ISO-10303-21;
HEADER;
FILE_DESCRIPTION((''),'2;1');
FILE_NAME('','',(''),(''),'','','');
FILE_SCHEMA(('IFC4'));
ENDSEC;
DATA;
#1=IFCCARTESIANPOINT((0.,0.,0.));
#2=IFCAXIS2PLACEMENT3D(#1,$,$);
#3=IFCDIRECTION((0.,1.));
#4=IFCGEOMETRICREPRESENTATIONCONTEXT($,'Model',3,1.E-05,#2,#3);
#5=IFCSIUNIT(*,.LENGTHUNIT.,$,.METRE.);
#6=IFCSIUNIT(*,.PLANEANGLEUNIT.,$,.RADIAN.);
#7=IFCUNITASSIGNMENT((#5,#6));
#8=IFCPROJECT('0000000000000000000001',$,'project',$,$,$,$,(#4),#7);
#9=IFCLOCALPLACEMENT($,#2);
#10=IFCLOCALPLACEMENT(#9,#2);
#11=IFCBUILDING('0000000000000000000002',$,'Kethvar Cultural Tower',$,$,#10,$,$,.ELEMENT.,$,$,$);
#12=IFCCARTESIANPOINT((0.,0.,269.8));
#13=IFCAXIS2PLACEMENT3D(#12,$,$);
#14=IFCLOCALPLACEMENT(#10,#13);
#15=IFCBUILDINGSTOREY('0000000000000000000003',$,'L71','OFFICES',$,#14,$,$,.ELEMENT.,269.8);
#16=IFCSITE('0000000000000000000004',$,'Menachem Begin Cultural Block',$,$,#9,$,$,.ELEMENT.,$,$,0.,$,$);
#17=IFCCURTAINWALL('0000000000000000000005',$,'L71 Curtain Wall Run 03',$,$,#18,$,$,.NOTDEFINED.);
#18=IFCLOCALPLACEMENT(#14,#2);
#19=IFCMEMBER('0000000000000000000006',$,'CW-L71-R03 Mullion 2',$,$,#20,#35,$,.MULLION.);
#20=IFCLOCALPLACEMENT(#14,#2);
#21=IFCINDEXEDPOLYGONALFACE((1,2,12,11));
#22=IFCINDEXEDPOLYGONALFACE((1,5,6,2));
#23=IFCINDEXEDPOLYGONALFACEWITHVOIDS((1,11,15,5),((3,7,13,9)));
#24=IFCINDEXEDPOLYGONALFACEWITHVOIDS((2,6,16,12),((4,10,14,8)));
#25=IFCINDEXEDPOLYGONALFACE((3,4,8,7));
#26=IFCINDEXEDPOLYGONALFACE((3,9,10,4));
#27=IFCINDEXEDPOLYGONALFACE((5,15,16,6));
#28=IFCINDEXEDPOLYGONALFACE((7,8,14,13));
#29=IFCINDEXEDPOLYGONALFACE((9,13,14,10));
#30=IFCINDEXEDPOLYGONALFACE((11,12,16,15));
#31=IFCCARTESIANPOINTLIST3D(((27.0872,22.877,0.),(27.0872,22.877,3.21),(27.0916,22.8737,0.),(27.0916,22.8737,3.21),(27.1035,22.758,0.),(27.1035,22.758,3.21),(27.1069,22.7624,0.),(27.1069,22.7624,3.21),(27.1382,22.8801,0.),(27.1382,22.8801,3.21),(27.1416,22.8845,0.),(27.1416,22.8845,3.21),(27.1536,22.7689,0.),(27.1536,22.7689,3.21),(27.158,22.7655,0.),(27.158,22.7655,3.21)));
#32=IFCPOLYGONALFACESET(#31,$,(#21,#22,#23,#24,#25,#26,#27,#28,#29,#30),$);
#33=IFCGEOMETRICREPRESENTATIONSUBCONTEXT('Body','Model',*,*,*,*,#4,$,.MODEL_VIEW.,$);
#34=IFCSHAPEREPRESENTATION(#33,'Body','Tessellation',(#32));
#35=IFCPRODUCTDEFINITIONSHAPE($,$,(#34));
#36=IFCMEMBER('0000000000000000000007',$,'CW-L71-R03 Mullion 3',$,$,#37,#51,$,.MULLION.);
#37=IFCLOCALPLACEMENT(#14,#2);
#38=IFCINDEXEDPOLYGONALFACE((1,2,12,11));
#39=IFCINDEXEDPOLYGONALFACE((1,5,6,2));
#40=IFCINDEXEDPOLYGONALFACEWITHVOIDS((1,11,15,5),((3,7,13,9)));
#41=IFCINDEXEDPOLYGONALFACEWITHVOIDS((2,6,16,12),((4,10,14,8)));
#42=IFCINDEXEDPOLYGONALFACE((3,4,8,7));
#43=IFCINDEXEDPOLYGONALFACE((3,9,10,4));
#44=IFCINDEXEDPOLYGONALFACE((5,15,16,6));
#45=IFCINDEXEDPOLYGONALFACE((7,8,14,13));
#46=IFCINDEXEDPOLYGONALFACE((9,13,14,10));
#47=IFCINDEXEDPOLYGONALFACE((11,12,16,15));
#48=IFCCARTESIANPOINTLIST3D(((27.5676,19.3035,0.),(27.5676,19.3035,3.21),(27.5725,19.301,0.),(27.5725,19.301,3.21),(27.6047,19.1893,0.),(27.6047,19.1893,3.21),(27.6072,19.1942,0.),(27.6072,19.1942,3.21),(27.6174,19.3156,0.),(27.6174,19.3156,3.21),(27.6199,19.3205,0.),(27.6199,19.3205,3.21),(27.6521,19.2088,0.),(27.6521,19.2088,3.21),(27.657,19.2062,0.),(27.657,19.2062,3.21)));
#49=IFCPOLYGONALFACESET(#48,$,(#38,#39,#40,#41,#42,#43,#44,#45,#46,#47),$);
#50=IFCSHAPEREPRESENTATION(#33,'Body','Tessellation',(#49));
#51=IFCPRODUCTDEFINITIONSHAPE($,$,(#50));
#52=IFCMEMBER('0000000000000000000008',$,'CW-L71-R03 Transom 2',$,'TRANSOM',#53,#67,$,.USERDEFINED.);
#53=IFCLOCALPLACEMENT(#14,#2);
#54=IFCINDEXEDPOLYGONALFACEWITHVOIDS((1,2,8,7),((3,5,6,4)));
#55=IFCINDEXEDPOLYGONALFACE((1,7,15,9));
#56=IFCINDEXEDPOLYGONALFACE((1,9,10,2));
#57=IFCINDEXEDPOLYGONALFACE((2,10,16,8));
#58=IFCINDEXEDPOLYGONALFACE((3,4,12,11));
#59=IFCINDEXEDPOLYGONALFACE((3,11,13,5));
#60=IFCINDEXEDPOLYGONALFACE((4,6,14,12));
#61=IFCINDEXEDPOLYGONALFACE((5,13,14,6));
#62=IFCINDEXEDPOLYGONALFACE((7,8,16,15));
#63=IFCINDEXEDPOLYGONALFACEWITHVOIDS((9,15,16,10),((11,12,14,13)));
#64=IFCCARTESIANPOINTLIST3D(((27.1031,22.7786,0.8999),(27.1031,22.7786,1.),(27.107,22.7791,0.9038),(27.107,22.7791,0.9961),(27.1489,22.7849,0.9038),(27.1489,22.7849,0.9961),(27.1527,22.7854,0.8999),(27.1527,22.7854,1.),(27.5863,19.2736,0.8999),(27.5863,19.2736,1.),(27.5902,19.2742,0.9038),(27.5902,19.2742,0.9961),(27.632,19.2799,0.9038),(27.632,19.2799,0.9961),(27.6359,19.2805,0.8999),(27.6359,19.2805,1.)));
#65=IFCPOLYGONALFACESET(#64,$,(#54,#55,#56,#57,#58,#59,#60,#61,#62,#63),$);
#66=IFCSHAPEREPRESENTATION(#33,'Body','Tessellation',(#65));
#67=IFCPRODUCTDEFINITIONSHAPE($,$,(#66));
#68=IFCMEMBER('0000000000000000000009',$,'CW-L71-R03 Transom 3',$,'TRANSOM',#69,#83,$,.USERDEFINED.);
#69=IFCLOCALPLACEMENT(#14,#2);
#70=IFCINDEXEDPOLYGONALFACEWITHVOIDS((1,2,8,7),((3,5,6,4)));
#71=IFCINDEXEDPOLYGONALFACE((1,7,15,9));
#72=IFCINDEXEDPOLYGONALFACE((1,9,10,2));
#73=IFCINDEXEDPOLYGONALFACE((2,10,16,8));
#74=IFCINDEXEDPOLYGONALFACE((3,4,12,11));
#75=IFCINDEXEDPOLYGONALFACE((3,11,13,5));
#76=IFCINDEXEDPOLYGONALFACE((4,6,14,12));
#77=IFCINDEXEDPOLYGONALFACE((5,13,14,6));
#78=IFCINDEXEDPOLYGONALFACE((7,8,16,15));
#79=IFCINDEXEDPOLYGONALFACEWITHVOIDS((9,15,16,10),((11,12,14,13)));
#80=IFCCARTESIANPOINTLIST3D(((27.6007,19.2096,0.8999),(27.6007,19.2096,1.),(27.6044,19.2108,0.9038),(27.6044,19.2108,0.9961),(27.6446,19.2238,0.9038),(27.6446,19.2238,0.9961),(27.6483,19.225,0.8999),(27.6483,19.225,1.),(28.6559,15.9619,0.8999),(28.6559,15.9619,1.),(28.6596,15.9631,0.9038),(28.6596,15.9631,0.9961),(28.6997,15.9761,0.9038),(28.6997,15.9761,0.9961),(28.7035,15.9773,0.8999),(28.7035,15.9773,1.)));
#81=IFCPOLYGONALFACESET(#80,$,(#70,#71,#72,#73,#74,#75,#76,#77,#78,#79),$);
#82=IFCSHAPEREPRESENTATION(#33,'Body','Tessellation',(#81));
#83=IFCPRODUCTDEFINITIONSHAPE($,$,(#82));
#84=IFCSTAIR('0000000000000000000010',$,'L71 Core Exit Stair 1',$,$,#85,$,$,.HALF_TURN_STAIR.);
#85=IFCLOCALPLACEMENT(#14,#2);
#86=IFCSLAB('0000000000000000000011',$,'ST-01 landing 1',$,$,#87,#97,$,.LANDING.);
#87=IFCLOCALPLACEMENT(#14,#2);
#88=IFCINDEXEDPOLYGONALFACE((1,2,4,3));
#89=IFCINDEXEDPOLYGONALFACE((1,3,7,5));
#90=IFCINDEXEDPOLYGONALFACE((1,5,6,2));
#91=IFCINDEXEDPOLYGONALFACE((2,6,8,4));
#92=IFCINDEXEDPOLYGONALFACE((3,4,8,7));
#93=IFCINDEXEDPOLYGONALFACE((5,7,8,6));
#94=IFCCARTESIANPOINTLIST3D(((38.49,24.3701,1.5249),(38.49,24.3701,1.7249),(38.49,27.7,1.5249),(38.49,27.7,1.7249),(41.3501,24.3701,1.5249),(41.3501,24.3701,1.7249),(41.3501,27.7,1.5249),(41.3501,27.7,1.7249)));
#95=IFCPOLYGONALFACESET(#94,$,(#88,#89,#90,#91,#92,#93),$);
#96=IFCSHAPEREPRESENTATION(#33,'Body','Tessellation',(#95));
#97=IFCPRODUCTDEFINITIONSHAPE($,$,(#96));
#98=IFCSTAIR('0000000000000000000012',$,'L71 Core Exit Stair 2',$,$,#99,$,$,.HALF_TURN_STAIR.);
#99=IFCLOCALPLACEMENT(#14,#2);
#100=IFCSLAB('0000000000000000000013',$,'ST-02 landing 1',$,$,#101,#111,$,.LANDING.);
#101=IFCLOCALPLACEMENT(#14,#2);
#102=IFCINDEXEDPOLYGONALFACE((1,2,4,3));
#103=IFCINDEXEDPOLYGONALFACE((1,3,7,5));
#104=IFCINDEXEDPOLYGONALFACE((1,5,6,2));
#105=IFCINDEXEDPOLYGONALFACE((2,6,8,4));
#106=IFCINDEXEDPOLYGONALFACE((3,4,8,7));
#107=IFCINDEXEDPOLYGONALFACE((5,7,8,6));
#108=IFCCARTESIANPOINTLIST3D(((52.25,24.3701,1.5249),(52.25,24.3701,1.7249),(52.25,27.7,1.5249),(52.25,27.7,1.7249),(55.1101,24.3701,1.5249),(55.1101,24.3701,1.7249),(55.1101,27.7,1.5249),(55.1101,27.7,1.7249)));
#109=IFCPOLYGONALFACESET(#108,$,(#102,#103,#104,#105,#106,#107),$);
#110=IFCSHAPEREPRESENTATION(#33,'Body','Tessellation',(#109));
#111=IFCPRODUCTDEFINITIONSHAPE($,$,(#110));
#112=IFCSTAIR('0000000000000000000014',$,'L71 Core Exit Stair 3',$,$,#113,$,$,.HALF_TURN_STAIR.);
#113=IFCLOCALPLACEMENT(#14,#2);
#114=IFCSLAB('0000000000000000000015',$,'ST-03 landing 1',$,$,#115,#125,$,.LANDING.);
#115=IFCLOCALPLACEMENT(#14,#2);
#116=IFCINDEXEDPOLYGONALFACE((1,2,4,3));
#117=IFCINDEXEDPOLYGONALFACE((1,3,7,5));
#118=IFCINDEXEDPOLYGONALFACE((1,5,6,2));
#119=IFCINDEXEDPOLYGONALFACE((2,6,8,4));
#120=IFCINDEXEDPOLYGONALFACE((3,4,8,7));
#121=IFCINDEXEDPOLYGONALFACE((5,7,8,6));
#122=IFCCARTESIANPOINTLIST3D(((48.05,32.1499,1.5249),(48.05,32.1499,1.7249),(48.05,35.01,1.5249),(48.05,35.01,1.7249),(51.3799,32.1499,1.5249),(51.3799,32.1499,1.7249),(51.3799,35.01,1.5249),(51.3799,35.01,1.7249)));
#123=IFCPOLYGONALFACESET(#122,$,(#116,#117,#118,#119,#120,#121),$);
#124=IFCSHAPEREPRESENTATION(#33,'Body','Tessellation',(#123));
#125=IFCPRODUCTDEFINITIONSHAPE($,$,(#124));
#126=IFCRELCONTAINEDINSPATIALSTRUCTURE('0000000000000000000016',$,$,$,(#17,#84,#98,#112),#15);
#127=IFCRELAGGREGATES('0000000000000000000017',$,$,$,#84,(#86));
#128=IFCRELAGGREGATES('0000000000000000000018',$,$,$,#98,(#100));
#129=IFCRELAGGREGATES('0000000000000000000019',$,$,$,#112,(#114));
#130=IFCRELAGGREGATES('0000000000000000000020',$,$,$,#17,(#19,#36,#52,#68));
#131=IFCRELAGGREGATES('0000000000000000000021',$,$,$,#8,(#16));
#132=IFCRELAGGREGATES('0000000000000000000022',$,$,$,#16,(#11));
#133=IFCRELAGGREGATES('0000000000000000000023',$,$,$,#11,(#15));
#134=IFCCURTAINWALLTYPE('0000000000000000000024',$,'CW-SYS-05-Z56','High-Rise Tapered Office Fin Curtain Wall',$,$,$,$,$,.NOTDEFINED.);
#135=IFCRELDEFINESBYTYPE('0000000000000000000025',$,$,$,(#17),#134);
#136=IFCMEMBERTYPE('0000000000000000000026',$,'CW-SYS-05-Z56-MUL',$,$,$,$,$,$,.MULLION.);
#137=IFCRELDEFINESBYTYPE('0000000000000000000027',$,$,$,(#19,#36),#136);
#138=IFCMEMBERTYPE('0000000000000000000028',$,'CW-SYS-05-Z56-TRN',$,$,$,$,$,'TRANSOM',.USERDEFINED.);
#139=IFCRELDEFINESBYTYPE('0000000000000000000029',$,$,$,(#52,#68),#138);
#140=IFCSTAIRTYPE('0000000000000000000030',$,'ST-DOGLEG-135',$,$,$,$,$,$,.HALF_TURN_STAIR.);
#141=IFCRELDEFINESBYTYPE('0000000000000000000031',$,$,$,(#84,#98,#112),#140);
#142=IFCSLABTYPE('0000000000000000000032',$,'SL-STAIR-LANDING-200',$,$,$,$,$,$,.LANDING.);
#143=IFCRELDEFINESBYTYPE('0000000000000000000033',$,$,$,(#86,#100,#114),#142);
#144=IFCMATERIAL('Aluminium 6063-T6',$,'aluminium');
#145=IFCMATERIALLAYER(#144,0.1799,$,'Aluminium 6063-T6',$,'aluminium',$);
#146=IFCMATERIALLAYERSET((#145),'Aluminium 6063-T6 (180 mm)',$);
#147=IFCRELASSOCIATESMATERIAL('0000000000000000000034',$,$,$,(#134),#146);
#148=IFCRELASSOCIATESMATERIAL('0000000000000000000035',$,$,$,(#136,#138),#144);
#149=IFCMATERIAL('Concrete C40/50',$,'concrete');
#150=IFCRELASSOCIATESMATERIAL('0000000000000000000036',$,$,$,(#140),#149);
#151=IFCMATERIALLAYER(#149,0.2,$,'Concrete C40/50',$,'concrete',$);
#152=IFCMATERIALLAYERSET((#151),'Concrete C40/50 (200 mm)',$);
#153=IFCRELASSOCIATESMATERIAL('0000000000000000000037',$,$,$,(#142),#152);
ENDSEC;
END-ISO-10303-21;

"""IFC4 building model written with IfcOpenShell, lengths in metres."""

from ifc_helpers import new_model, si_unit, direction, frame, origin, origin_2d, place, context, subcontext, project, spatial, polyline, hollow_rectangle, outline, extrude, source, transform, mapped, material, layer, layer_set, material_profile, profile_set, type_object, element, aggregate, save


model = new_model("IFC4")

# Units and contexts
model_context = context("Model", 3, precision=1e-05, world=origin(), true_north=direction((0.0, 1.0)))
body_context = subcontext(model_context, "Body", "Model", "MODEL_VIEW")
ifc_project = project(units=[si_unit("LENGTHUNIT", "METRE"), si_unit("PLANEANGLEUNIT", "RADIAN")], contexts=[model_context])

# Site, building, storey
site_placement = place(None, origin())
site = spatial("IfcSite", under=ifc_project, at=site_placement, Name="Menachem Begin Cultural Block", CompositionType="ELEMENT", RefElevation=0.0)
building_placement = place(site_placement, origin())
building = spatial("IfcBuilding", under=site, at=building_placement, Name="Kethvar Cultural Tower", CompositionType="ELEMENT")
storey_placement = place(building_placement, frame((0.0, 0.0, 269.8)))
storey = spatial("IfcBuildingStorey", under=building, at=storey_placement, Name="L71", Description="OFFICES", CompositionType="ELEMENT", Elevation=269.8)

# Curtain wall, members
ifc_material_1 = material(Name="Aluminium 6063-T6", Category="aluminium")
ifc_layer_1 = layer(ifc_material_1, 0.1799, Name="Aluminium 6063-T6", Category="aluminium")
ifc_layer_set_1 = layer_set([ifc_layer_1], Name="Aluminium 6063-T6 (180 mm)")
curtain_wall_type = type_object("IfcCurtainWallType", Name="CW-SYS-05-Z56", Description="High-Rise Tapered Office Fin Curtain Wall", PredefinedType="NOTDEFINED", material=ifc_layer_set_1)
curtain_wall_placement = place(storey_placement, origin())
curtain_wall = element("IfcCurtainWall", 1, at=curtain_wall_placement, inside=storey, type_object=curtain_wall_type, Name="L71 Curtain Wall Run 03", PredefinedType="NOTDEFINED")
ifc_material_profile_1 = material_profile(ifc_material_1, hollow_rectangle(XDim=0.0549, YDim=0.1201, WallThickness=0.0039, at=origin_2d()), Name="Aluminium 6063-T6 — RHS120x55x4")
ifc_profile_set_1 = profile_set([ifc_material_profile_1], Name="Aluminium 6063-T6 — RHS120x55x4")
member_type_1 = type_object("IfcMemberType", Name="CW-SYS-05-Z56-MUL", PredefinedType="MULLION", material=ifc_profile_set_1)
shared_shape_1 = source(origin(), body_context, "Body", "SweptSolid", [
    extrude(hollow_rectangle(XDim=0.0549, YDim=0.1201, WallThickness=0.0039, at=origin_2d()), origin(), (0.0, 0.0, 1.0), 3.21),
])
member_1_placement = place(storey_placement, frame((27.1226, 22.8213, 0.0), z_axis=(0.0, 0.0, 1.0), x_axis=(0.990639, 0.136511, 0.0)))
member_1 = element("IfcMember", 2, at=member_1_placement, type_object=member_type_1, Name="CW-L71-R03 Mullion 2", PredefinedType="MULLION", context=body_context, shape_type="MappedRepresentation", body=[
    mapped(shared_shape_1, transform((0.0, 0.0, 0.0), scale=1.0)),
])
member_2_placement = place(storey_placement, frame((27.6123, 19.2549, 0.0), z_axis=(0.0, 0.0, 1.0), x_axis=(0.951073, 0.308967, 0.0)))
member_2 = element("IfcMember", 3, at=member_2_placement, type_object=member_type_1, Name="CW-L71-R03 Mullion 3", PredefinedType="MULLION", context=body_context, shape_type="MappedRepresentation", body=[
    mapped(shared_shape_1, transform((0.0, 0.0, 0.0), scale=1.0)),
])
ifc_material_profile_2 = material_profile(ifc_material_1, hollow_rectangle(XDim=0.05, YDim=0.1001, WallThickness=0.0039, at=origin_2d()), Name="Aluminium 6063-T6 — RHS100x50x4")
ifc_profile_set_2 = profile_set([ifc_material_profile_2], Name="Aluminium 6063-T6 — RHS100x50x4")
member_type_2 = type_object("IfcMemberType", Name="CW-SYS-05-Z56-TRN", ElementType="TRANSOM", PredefinedType="USERDEFINED", material=ifc_profile_set_2)
shared_shape_2 = source(origin(), body_context, "Body", "SweptSolid", [
    extrude(hollow_rectangle(XDim=0.05, YDim=0.1001, WallThickness=0.0039, at=origin_2d()), origin(), (0.0, 0.0, 1.0), 3.5381),
])
member_3_placement = place(storey_placement, frame((27.1279, 22.782, 0.95), z_axis=(0.13656, -0.990632, 0.0), x_axis=(0.990632, 0.13656, 0.0)))
member_3 = element("IfcMember", 4, at=member_3_placement, type_object=member_type_2, Name="CW-L71-R03 Transom 2", ObjectType="TRANSOM", PredefinedType="USERDEFINED", context=body_context, shape_type="MappedRepresentation", body=[
    mapped(shared_shape_2, transform((0.0, 0.0, 0.0), scale=1.0)),
])
shared_shape_3 = source(origin(), body_context, "Body", "SweptSolid", [
    extrude(hollow_rectangle(XDim=0.05, YDim=0.1001, WallThickness=0.0039, at=origin_2d()), origin(), (0.0, 0.0, 1.0), 3.4148),
])
member_4_placement = place(storey_placement, frame((27.6245, 19.2173, 0.95), z_axis=(0.308991, -0.951065, 0.0), x_axis=(0.951065, 0.308991, 0.0)))
member_4 = element("IfcMember", 5, at=member_4_placement, type_object=member_type_2, Name="CW-L71-R03 Transom 3", ObjectType="TRANSOM", PredefinedType="USERDEFINED", context=body_context, shape_type="MappedRepresentation", body=[
    mapped(shared_shape_3, transform((0.0, 0.0, 0.0), scale=1.0)),
])

# Stairs, slabs
ifc_material_2 = material(Name="Concrete C40/50", Category="concrete")
stair_type = type_object("IfcStairType", Name="ST-DOGLEG-135", PredefinedType="HALF_TURN_STAIR", material=ifc_material_2)
stair_1_placement = place(storey_placement, origin())
stair_1 = element("IfcStair", 6, at=stair_1_placement, inside=storey, type_object=stair_type, Name="L71 Core Exit Stair 1", PredefinedType="HALF_TURN_STAIR")
ifc_layer_2 = layer(ifc_material_2, 0.2, Name="Concrete C40/50", Category="concrete")
ifc_layer_set_2 = layer_set([ifc_layer_2], Name="Concrete C40/50 (200 mm)")
slab_type_1 = type_object("IfcSlabType", Name="SL-STAIR-LANDING-200", PredefinedType="LANDING", material=ifc_layer_set_2)
slab_1_placement = place(storey_placement, frame((0.0, 0.0, 1.5249)))
slab_1 = element("IfcSlab", 7, at=slab_1_placement, type_object=slab_type_1, Name="ST-01 landing 1", PredefinedType="LANDING", context=body_context, shape_type="SweptSolid", body=[
    extrude(outline(polyline([(41.3501, 24.3701), (41.3501, 27.7), (38.49, 27.7), (38.49, 24.3701), (41.3501, 24.3701)])), origin(), (0.0, 0.0, 1.0), 0.2),
])
aggregate(stair_1, [slab_1])
stair_2_placement = place(storey_placement, origin())
stair_2 = element("IfcStair", 8, at=stair_2_placement, inside=storey, type_object=stair_type, Name="L71 Core Exit Stair 2", PredefinedType="HALF_TURN_STAIR")
slab_2_placement = place(storey_placement, frame((0.0, 0.0, 1.5249)))
slab_2 = element("IfcSlab", 9, at=slab_2_placement, type_object=slab_type_1, Name="ST-02 landing 1", PredefinedType="LANDING", context=body_context, shape_type="SweptSolid", body=[
    extrude(outline(polyline([(55.1101, 24.3701), (55.1101, 27.7), (52.25, 27.7), (52.25, 24.3701), (55.1101, 24.3701)])), origin(), (0.0, 0.0, 1.0), 0.2),
])
aggregate(stair_2, [slab_2])
stair_3_placement = place(storey_placement, origin())
stair_3 = element("IfcStair", 10, at=stair_3_placement, inside=storey, type_object=stair_type, Name="L71 Core Exit Stair 3", PredefinedType="HALF_TURN_STAIR")
slab_3_placement = place(storey_placement, frame((0.0, 0.0, 1.5249)))
slab_3 = element("IfcSlab", 11, at=slab_3_placement, type_object=slab_type_1, Name="ST-03 landing 1", PredefinedType="LANDING", context=body_context, shape_type="SweptSolid", body=[
    extrude(outline(polyline([(51.3799, 35.01), (48.05, 35.01), (48.05, 32.1499), (51.3799, 32.1499), (51.3799, 35.01)])), origin(), (0.0, 0.0, 1.0), 0.2),
])
aggregate(stair_3, [slab_3])

aggregate(curtain_wall, [member_1, member_2, member_3, member_4])

save(model, "model.ifc")
